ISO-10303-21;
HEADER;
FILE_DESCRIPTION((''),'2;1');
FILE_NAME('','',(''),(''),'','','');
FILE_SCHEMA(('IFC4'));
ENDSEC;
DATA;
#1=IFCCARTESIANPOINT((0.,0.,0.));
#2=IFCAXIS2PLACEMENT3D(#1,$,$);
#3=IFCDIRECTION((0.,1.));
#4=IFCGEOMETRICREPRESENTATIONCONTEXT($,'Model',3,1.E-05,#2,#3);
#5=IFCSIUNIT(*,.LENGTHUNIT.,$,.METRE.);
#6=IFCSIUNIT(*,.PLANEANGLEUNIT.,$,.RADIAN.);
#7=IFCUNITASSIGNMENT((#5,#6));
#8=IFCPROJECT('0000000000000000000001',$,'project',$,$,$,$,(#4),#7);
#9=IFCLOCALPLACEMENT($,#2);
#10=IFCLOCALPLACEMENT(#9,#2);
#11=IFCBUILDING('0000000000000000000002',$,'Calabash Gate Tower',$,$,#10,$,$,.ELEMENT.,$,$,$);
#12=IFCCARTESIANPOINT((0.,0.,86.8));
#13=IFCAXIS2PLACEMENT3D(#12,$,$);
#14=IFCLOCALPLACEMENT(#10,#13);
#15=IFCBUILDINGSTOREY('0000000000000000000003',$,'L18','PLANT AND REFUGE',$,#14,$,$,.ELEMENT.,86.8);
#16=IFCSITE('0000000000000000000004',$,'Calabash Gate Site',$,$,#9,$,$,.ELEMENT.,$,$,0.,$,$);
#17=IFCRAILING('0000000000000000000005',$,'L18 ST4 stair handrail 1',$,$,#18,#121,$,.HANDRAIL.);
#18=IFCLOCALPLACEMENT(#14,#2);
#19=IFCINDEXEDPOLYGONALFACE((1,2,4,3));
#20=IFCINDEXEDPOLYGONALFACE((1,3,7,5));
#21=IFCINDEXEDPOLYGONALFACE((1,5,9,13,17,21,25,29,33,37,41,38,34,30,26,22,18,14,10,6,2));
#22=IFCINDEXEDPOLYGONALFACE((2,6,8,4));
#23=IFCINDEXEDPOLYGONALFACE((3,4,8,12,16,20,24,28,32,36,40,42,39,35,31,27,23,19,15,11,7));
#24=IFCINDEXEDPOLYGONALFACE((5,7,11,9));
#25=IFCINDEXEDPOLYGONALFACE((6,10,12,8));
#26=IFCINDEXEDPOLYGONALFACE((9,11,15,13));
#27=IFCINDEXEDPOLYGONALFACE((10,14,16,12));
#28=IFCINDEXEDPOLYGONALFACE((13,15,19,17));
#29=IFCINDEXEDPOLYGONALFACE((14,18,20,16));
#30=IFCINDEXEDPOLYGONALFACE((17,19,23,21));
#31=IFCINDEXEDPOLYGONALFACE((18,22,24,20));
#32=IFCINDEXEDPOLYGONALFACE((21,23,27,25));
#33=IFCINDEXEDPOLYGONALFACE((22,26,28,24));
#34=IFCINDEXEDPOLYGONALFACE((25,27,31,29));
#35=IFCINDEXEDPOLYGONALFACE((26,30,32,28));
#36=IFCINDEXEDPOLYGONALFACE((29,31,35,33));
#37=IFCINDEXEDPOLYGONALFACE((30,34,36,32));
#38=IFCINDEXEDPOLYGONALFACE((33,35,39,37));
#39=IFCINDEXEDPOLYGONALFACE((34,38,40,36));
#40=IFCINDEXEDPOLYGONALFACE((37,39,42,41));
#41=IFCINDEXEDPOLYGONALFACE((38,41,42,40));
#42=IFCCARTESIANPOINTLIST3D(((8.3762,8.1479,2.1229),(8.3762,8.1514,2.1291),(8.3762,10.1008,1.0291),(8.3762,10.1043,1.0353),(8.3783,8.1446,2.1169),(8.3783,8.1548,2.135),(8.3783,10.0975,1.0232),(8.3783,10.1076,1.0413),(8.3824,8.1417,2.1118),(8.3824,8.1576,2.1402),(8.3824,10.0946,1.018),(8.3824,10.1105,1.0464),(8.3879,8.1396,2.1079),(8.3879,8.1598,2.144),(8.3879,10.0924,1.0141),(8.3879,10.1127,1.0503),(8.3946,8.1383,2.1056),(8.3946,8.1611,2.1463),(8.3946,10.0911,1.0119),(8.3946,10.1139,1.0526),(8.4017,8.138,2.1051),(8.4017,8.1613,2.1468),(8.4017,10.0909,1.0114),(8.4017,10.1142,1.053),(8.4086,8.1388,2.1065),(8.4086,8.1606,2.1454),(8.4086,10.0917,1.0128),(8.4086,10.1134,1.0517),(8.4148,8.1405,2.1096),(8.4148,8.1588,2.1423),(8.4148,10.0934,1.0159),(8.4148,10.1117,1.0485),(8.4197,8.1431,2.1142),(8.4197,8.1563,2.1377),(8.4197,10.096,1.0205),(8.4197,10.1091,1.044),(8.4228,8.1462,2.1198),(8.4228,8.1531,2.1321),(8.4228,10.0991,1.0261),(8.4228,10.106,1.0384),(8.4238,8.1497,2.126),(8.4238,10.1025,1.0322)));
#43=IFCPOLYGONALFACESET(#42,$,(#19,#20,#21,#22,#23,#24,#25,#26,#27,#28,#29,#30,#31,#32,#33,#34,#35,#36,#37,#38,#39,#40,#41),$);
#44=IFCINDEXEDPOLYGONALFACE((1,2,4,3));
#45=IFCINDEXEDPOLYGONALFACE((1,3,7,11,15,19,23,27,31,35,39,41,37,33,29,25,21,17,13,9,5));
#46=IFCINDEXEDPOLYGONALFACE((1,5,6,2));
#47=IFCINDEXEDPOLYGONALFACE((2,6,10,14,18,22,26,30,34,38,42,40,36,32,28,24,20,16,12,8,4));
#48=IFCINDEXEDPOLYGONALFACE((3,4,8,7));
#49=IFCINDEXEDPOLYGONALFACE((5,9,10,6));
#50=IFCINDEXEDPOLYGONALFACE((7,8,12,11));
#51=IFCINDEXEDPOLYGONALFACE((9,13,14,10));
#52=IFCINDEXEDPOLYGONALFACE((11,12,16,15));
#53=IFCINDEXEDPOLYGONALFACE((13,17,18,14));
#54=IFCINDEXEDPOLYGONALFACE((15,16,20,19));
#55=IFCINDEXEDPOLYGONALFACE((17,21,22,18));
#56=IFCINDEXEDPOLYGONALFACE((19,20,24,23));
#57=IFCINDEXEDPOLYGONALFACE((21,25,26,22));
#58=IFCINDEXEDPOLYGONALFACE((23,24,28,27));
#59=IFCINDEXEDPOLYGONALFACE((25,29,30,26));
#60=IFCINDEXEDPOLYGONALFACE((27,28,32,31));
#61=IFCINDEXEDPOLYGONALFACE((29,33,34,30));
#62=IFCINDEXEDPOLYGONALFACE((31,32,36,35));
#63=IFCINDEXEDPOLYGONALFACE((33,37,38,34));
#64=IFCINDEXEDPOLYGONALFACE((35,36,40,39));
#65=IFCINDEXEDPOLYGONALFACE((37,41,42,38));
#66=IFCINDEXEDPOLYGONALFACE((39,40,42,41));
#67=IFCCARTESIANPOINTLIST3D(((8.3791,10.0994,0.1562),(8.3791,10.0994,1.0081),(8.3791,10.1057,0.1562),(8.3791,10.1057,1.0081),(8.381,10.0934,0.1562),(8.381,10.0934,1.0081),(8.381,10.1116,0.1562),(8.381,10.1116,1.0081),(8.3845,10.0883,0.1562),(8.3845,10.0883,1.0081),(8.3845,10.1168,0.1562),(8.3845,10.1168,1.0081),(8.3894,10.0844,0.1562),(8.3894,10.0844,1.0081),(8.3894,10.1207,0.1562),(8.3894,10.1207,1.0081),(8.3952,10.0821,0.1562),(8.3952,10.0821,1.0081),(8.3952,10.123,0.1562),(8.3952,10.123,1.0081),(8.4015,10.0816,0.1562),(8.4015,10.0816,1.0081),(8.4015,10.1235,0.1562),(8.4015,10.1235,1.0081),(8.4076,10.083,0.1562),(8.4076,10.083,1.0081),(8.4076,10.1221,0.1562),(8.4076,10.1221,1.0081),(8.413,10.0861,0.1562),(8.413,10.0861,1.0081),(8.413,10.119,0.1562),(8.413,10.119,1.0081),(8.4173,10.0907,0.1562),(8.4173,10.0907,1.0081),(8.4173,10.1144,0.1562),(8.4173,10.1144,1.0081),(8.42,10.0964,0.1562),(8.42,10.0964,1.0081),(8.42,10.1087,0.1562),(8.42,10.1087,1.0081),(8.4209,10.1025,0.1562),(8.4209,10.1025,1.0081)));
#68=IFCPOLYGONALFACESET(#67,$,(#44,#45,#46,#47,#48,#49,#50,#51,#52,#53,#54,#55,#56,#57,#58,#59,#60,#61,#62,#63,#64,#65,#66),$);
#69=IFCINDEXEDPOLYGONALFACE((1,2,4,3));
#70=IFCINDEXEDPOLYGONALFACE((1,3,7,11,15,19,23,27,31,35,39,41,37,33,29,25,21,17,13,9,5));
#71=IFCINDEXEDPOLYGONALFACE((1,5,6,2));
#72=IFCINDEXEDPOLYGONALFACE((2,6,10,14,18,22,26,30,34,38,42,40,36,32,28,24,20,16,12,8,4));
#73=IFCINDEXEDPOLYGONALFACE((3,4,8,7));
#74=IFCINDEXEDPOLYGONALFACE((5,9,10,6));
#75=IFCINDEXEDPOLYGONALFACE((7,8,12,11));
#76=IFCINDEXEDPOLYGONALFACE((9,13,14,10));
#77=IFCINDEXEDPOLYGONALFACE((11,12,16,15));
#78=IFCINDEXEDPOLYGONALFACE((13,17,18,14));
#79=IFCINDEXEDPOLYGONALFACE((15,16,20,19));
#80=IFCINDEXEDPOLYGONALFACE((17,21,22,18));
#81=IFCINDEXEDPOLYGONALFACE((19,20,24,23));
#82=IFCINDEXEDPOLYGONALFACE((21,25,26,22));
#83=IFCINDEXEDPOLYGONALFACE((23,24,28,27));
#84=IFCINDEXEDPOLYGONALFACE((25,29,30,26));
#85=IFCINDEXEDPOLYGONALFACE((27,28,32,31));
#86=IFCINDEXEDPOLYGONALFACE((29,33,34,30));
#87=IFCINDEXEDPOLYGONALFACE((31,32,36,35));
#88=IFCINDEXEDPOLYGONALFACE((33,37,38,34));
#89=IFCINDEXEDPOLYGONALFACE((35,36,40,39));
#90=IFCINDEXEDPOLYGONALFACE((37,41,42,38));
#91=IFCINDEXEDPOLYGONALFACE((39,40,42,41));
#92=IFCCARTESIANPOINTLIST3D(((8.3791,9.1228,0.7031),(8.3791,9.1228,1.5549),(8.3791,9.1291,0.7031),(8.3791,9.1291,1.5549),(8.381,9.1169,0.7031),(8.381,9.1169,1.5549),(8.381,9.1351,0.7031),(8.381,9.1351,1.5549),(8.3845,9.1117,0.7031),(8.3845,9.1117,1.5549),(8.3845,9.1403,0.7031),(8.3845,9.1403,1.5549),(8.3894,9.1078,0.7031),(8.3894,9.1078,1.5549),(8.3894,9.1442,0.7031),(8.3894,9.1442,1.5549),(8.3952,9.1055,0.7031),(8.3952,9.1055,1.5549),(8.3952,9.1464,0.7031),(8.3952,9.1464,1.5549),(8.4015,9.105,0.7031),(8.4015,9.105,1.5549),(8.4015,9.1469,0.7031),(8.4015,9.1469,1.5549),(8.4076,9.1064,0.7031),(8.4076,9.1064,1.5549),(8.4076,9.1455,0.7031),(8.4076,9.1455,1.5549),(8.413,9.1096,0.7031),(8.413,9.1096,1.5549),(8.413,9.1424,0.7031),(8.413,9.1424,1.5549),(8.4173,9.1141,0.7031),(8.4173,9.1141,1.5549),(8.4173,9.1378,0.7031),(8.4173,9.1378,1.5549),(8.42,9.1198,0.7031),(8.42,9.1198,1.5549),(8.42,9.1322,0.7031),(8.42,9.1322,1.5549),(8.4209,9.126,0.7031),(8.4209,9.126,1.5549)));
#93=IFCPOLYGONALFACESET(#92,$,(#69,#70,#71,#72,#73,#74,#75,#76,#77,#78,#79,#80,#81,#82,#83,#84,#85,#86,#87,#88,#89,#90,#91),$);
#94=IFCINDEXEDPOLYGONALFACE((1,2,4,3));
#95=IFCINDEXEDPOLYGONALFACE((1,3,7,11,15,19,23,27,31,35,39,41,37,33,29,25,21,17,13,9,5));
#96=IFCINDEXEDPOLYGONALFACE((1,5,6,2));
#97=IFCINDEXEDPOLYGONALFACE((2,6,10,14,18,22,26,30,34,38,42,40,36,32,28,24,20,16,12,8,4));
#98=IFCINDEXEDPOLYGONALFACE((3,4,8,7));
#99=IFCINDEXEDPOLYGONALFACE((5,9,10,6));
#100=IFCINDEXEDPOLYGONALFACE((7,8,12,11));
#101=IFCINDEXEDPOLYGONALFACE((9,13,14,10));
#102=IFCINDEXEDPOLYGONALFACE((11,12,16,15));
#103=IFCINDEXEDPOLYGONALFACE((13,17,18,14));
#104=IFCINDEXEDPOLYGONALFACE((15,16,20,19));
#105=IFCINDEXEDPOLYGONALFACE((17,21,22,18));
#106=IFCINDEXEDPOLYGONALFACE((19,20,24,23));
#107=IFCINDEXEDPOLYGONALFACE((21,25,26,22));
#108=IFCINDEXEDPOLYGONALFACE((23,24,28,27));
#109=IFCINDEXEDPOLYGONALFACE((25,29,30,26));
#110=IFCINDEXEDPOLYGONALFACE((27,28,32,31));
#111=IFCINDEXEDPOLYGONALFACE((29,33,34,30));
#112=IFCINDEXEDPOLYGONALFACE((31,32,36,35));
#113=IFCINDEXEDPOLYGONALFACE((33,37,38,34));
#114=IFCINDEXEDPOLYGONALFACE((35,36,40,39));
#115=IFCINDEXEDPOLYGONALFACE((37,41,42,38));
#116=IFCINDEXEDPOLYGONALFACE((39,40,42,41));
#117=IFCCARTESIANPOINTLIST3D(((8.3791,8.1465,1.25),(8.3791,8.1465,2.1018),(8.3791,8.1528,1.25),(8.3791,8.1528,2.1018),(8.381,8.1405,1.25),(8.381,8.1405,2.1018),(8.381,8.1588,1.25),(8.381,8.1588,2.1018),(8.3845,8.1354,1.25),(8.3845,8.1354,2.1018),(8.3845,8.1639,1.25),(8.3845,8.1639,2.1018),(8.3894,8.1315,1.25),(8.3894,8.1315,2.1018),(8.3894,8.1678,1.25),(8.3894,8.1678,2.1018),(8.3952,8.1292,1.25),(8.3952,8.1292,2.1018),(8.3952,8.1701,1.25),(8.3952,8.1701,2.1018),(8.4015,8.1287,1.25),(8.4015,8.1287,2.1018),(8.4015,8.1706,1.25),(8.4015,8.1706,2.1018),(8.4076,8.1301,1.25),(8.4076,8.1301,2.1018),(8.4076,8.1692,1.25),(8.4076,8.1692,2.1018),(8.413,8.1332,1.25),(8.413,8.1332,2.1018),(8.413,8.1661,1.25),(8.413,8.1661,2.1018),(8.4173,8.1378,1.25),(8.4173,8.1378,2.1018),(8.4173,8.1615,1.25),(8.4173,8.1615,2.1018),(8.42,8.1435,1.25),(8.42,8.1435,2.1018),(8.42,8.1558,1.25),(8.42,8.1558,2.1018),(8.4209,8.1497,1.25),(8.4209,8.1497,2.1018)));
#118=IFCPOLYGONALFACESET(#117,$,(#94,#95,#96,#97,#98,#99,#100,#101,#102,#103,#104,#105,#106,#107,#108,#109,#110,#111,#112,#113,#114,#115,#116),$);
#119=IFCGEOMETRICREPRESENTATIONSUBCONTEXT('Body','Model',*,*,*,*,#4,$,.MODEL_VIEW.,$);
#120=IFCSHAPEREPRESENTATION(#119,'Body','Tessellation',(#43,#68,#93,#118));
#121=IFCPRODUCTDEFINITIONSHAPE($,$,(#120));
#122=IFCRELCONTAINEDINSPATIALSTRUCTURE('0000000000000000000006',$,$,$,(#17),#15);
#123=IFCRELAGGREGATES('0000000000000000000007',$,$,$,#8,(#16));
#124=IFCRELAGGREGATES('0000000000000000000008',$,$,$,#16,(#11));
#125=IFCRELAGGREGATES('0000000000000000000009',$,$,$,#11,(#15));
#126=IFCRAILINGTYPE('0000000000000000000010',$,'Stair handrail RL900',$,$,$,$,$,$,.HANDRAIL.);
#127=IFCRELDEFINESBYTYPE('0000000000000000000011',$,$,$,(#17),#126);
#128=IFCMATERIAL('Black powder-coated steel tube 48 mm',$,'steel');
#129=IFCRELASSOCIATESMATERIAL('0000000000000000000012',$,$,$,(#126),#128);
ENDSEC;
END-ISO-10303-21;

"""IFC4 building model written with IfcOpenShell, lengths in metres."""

from ifc_helpers import new_model, si_unit, direction, frame, origin, origin_2d, place, context, subcontext, project, spatial, circle, extrude, material, type_object, element, save


model = new_model("IFC4")

# Units and contexts
model_context = context("Model", 3, precision=1e-05, world=origin(), true_north=direction((0.0, 1.0)))
body_context = subcontext(model_context, "Body", "Model", "MODEL_VIEW")
ifc_project = project(units=[si_unit("LENGTHUNIT", "METRE"), si_unit("PLANEANGLEUNIT", "RADIAN")], contexts=[model_context])

# Site, building, storey
site_placement = place(None, origin())
site = spatial("IfcSite", under=ifc_project, at=site_placement, Name="Calabash Gate Site", CompositionType="ELEMENT", RefElevation=0.0)
building_placement = place(site_placement, origin())
building = spatial("IfcBuilding", under=site, at=building_placement, Name="Calabash Gate Tower", CompositionType="ELEMENT")
storey_placement = place(building_placement, frame((0.0, 0.0, 86.8)))
storey = spatial("IfcBuildingStorey", under=building, at=storey_placement, Name="L18", Description="PLANT AND REFUGE", CompositionType="ELEMENT", Elevation=86.8)

# Railing
ifc_material_1 = material(Name="Black powder-coated steel tube 48 mm", Category="steel")
railing_type_1 = type_object("IfcRailingType", Name="Stair handrail RL900", PredefinedType="HANDRAIL", material=ifc_material_1)
railing_1_placement = place(storey_placement, frame((8.3999, 10.1025, 0.1562)))
element("IfcRailing", 1, at=railing_1_placement, inside=storey, type_object=railing_type_1, Name="L18 ST4 stair handrail 1", PredefinedType="HANDRAIL", context=body_context, shape_type="SweptSolid", body=[
    extrude(circle(Radius=0.0239, at=origin_2d()), frame((0.0, 0.0, 0.876), z_axis=(0.0, -0.87248, 0.48865), x_axis=(1.0, 0.0, 0.0)), (0.0, 0.0, 1.0), 2.2383),
    extrude(circle(Radius=0.021, at=origin_2d()), origin(), (0.0, 0.0, 1.0), 0.8518),
    extrude(circle(Radius=0.021, at=origin_2d()), frame((0.0, -0.9766, 0.5469)), (0.0, 0.0, 1.0), 0.8518),
    extrude(circle(Radius=0.021, at=origin_2d()), frame((0.0, -1.9529, 1.0938)), (0.0, 0.0, 1.0), 0.8518),
])

save(model, "model.ifc")
